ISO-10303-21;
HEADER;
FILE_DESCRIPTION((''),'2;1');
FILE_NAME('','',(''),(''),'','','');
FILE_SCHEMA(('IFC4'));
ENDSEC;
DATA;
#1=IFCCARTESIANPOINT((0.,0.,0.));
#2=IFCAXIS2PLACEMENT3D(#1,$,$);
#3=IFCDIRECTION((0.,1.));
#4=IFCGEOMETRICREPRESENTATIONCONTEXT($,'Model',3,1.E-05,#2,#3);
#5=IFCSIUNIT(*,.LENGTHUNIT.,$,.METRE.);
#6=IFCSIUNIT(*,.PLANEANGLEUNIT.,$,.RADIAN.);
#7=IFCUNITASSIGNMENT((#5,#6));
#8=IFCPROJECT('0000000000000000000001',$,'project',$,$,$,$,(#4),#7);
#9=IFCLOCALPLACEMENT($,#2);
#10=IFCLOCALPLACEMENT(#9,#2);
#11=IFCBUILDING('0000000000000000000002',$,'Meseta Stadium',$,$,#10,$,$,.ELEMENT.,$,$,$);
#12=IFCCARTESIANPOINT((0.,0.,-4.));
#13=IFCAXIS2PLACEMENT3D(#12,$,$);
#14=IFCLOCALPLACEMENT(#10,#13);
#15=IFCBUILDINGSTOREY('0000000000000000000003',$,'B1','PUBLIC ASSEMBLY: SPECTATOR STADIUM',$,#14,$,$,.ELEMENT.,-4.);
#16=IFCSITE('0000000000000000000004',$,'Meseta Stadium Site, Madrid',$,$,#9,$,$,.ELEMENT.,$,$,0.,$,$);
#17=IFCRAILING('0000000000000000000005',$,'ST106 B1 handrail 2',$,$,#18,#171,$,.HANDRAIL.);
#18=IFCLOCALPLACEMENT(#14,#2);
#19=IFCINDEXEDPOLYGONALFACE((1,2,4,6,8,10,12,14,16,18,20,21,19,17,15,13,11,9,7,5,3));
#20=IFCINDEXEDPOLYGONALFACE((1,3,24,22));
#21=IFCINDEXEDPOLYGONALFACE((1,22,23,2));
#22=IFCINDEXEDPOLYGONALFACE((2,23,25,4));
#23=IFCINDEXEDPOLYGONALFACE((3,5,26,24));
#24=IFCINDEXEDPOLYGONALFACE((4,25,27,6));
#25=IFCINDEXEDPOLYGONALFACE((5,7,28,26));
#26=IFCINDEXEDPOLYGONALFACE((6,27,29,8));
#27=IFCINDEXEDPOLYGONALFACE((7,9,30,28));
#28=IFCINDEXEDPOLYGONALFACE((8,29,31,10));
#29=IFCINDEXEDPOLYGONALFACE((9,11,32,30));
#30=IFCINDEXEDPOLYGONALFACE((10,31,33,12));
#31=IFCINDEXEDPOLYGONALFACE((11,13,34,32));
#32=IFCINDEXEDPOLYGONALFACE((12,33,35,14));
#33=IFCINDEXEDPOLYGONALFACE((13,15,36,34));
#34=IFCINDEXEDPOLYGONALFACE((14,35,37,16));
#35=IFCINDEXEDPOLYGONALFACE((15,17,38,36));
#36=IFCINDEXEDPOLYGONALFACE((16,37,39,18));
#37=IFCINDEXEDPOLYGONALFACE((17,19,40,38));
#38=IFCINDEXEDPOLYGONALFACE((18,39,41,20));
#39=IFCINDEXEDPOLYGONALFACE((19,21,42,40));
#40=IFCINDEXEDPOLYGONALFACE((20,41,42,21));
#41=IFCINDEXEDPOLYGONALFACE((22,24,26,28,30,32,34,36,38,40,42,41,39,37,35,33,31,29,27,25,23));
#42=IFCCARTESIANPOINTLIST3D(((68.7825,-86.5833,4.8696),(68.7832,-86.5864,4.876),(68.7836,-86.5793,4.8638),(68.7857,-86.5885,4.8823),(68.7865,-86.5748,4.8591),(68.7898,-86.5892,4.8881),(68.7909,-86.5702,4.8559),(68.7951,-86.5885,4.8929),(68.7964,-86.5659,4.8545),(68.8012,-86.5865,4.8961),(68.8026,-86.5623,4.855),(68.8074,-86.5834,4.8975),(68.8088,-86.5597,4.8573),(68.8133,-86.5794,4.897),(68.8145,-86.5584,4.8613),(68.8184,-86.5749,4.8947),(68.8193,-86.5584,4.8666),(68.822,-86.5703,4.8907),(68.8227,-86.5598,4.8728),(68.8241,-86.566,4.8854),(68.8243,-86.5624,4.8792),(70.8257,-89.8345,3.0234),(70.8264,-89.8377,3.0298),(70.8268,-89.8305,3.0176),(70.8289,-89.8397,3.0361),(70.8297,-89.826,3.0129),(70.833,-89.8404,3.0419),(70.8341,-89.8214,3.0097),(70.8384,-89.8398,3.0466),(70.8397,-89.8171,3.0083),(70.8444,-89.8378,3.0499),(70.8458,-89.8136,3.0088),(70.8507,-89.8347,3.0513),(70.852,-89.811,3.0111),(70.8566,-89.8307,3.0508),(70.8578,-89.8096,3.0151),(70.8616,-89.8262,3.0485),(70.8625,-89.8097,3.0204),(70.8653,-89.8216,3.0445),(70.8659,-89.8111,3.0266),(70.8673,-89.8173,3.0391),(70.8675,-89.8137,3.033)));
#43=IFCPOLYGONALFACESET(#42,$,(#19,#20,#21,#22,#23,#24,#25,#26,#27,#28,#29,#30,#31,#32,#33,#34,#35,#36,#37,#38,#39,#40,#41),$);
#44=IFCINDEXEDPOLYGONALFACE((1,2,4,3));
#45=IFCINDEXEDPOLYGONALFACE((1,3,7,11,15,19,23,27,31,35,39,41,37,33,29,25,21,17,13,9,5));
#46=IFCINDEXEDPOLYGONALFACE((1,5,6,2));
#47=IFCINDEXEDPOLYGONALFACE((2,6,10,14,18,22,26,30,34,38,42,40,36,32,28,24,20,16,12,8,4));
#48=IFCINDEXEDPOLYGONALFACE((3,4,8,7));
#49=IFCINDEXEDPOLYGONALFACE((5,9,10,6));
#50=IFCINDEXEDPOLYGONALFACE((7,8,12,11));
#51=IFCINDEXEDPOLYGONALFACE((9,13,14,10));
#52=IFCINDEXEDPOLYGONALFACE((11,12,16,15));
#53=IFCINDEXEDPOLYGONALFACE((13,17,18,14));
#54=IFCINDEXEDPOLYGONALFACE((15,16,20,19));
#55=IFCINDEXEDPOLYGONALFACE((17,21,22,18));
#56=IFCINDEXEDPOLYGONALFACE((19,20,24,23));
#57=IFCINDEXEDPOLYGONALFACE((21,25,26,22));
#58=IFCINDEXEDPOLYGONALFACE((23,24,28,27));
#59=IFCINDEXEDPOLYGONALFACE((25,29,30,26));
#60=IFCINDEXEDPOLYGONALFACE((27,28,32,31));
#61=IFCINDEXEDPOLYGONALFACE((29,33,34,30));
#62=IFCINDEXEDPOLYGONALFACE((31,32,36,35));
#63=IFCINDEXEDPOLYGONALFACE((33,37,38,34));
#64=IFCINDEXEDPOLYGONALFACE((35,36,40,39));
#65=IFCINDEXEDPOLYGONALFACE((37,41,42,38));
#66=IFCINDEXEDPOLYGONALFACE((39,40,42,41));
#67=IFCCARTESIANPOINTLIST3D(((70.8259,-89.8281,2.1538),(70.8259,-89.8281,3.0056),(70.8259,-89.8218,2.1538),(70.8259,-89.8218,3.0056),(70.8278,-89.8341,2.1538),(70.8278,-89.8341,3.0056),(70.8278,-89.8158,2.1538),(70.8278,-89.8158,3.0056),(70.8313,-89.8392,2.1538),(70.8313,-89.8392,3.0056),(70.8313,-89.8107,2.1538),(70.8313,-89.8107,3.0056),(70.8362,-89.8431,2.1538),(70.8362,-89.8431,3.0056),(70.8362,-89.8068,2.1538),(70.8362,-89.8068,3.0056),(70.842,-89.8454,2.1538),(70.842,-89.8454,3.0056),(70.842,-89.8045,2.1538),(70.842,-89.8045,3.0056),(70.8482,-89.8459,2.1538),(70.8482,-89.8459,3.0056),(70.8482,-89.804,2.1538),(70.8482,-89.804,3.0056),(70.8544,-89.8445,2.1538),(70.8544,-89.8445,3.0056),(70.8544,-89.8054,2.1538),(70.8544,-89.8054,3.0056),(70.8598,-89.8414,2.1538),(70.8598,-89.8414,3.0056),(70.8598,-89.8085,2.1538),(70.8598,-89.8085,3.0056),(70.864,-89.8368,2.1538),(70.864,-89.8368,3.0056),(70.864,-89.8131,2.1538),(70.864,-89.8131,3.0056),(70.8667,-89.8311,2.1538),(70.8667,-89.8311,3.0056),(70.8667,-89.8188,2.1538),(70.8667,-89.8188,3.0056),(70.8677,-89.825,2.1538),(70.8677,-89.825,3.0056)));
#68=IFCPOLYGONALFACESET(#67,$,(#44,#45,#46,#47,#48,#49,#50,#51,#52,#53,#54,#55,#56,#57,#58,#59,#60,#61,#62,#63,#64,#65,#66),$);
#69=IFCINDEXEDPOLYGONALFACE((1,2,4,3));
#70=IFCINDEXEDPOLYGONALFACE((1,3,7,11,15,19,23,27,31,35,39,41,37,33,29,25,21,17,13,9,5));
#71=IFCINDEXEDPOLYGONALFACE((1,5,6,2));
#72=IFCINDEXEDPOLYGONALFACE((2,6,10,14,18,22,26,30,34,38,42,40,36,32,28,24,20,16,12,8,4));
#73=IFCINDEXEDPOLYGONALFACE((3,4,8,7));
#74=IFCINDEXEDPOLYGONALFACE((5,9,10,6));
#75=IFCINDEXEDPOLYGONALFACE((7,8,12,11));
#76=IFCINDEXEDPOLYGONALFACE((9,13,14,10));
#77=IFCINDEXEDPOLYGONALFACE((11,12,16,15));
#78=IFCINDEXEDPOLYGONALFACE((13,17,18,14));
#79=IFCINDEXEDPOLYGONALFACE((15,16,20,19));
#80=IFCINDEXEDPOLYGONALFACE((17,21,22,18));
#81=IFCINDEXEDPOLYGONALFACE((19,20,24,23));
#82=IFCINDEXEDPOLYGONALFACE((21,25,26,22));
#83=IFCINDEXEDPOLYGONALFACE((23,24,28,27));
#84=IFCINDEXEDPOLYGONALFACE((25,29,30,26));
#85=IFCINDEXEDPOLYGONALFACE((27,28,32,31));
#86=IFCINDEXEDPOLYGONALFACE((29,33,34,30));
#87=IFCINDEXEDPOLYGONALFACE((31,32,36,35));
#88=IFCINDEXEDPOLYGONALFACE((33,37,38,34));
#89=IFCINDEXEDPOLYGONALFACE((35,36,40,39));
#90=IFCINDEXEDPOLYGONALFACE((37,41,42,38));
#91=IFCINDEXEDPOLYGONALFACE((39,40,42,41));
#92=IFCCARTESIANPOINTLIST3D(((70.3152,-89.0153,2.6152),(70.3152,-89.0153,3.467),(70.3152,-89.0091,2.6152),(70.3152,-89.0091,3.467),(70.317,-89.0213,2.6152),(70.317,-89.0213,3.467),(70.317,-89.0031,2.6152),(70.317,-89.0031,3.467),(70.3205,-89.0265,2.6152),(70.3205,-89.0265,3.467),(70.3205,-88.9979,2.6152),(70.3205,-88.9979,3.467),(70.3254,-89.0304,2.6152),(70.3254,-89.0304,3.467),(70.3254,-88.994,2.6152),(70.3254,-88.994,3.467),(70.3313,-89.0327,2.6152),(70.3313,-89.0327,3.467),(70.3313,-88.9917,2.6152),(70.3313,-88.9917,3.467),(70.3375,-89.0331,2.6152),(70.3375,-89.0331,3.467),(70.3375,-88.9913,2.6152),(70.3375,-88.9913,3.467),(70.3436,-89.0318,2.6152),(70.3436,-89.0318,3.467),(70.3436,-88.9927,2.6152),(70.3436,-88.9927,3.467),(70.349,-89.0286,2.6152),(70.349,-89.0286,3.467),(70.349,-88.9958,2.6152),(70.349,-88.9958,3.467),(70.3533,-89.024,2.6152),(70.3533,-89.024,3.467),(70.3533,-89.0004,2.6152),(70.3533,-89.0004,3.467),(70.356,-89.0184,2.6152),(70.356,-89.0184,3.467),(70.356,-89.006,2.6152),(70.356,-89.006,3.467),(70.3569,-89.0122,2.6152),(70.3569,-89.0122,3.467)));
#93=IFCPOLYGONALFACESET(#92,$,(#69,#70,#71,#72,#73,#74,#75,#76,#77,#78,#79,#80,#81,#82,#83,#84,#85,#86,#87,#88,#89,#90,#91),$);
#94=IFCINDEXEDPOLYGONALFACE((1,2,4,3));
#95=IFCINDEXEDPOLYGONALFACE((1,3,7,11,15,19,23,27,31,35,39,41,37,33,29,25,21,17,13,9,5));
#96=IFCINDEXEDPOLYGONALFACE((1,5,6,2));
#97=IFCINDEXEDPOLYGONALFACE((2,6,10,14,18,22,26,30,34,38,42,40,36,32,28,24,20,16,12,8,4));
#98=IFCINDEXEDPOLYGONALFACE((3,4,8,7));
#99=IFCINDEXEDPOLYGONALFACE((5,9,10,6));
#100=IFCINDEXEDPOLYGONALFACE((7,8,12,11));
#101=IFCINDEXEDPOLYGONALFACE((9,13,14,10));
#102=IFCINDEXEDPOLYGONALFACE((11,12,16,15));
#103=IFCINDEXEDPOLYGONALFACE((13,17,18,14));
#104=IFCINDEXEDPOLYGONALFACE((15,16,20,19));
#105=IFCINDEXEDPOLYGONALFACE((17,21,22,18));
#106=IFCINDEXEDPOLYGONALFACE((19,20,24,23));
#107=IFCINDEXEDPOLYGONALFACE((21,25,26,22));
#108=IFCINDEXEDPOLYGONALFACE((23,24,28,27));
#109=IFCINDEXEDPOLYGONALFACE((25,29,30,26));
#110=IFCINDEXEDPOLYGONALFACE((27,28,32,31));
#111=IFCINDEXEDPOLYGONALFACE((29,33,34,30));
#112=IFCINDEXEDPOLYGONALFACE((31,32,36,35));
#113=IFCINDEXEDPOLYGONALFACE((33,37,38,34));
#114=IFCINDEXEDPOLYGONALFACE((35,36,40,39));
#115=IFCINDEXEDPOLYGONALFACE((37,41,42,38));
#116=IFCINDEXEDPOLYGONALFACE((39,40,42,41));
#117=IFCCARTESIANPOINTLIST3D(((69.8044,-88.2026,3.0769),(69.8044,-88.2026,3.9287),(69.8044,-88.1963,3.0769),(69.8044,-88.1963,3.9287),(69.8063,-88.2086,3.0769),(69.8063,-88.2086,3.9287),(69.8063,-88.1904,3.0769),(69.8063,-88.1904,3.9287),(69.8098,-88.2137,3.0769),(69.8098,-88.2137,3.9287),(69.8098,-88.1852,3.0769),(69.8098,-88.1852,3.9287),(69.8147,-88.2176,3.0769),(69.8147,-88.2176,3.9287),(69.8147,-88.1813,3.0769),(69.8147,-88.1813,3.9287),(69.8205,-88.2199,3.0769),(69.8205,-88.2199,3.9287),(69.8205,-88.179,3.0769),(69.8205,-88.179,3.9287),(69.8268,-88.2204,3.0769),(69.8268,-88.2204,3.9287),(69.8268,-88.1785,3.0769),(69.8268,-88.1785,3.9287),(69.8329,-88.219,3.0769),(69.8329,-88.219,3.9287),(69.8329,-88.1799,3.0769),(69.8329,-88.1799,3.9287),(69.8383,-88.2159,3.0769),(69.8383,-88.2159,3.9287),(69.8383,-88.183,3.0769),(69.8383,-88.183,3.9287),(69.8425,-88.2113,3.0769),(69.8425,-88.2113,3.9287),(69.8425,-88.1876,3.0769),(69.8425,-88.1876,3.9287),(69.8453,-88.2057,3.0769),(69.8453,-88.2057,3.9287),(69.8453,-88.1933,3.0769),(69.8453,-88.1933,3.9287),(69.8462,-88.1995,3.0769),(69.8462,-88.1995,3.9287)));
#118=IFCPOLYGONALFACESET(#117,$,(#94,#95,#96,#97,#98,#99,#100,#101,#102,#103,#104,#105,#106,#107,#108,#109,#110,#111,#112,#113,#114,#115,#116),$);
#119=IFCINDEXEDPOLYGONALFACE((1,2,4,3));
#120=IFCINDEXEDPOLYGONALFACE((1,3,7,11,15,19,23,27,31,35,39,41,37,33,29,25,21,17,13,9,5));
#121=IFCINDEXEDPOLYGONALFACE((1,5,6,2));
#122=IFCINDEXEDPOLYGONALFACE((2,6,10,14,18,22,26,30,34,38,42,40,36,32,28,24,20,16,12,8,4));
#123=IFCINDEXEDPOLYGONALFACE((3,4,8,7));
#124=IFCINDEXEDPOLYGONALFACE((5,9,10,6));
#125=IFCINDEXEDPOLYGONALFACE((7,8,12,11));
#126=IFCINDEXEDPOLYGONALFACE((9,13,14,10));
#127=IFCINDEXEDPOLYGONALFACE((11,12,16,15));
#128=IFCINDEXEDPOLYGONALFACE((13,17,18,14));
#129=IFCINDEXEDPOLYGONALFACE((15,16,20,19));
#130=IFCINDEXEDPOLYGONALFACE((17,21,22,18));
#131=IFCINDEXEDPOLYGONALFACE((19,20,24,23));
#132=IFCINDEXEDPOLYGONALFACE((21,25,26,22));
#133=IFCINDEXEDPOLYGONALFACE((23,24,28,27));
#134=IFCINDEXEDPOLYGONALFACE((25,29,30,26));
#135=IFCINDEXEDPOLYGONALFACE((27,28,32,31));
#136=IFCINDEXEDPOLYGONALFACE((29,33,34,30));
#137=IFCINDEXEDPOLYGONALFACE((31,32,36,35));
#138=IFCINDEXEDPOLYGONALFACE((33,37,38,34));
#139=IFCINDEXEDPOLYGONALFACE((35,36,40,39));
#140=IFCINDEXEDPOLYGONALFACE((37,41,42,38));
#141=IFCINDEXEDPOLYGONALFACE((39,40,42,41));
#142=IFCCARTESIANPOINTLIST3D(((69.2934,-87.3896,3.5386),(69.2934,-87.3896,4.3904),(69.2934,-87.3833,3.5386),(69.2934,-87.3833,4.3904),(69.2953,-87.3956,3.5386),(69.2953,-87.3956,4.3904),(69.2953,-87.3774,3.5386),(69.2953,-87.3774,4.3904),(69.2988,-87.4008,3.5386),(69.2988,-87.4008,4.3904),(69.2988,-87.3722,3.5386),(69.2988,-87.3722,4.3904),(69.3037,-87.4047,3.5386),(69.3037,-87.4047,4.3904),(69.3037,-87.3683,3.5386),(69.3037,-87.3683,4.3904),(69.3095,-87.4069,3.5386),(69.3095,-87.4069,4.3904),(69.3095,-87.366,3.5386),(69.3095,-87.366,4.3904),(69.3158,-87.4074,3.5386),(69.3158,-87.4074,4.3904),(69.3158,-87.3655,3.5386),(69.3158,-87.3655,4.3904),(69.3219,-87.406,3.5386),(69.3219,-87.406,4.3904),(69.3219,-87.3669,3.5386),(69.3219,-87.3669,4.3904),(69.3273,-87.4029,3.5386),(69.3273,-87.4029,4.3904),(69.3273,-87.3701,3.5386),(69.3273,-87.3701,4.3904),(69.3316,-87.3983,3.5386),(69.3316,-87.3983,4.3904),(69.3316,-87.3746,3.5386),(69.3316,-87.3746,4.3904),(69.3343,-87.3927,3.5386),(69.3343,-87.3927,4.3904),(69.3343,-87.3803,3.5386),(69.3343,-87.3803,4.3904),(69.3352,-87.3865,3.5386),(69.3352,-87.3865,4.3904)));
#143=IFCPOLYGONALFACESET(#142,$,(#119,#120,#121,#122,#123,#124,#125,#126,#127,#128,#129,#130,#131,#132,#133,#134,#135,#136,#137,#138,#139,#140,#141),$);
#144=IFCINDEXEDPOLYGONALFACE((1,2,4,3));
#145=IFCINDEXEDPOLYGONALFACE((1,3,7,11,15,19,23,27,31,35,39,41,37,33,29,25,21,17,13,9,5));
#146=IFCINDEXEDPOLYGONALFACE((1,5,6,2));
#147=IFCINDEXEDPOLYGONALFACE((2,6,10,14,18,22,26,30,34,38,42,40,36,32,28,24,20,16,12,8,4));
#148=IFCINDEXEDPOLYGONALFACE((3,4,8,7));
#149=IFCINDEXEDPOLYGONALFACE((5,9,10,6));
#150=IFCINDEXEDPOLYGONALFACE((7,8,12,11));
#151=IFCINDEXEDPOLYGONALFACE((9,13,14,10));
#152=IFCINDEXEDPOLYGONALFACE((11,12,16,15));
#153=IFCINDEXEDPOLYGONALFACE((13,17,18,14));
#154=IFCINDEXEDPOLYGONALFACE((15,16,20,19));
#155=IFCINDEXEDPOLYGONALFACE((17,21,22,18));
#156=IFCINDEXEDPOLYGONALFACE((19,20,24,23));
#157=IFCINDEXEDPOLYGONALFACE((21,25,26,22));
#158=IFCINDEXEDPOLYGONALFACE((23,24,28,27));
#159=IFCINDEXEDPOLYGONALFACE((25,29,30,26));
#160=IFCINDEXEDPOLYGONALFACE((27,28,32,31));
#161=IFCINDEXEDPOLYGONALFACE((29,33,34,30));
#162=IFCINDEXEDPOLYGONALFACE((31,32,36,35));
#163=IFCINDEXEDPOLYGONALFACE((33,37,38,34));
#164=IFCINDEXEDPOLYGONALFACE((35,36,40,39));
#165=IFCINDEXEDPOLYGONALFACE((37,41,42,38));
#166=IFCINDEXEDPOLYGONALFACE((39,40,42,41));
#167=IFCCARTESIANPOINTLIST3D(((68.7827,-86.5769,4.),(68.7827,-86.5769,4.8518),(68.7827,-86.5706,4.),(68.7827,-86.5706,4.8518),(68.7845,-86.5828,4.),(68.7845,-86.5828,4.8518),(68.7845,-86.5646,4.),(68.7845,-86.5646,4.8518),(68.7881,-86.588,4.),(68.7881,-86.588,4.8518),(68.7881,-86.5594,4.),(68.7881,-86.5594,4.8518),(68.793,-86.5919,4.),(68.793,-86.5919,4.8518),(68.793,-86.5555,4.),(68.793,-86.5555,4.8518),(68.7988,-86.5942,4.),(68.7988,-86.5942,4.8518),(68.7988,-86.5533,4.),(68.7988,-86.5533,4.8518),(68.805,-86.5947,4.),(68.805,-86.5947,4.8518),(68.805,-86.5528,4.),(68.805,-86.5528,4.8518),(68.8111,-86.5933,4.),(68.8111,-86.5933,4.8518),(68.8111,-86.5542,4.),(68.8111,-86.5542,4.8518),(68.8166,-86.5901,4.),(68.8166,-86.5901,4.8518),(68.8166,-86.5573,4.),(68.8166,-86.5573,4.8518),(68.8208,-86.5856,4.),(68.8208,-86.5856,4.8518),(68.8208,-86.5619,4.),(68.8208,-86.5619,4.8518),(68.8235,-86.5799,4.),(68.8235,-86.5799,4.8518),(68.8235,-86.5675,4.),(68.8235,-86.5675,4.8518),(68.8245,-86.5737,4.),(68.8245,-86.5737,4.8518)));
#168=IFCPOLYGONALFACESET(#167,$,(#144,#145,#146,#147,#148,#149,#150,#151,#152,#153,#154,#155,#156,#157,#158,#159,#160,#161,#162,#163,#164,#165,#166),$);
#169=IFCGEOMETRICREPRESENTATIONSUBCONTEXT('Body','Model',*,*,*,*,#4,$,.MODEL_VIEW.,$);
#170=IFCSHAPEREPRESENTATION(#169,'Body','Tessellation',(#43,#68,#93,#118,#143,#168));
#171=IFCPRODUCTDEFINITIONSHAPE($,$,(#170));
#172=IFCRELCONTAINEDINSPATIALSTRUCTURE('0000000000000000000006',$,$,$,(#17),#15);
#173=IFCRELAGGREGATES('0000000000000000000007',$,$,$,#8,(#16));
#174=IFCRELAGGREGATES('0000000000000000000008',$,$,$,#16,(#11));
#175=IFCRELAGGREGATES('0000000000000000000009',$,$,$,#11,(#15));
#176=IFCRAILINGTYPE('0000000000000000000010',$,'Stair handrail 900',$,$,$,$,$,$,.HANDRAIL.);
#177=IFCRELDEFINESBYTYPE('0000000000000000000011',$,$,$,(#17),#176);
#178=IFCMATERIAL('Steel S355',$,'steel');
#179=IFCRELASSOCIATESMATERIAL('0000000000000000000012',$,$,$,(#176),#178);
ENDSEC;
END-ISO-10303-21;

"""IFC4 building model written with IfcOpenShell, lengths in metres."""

from ifc_helpers import new_model, si_unit, direction, frame, origin, origin_2d, place, context, subcontext, project, spatial, circle, extrude, material, type_object, element, save


model = new_model("IFC4")

# Units and contexts
model_context = context("Model", 3, precision=1e-05, world=origin(), true_north=direction((0.0, 1.0)))
body_context = subcontext(model_context, "Body", "Model", "MODEL_VIEW")
ifc_project = project(units=[si_unit("LENGTHUNIT", "METRE"), si_unit("PLANEANGLEUNIT", "RADIAN")], contexts=[model_context])

# Site, building, storey
site_placement = place(None, origin())
site = spatial("IfcSite", under=ifc_project, at=site_placement, Name="Meseta Stadium Site, Madrid", CompositionType="ELEMENT", RefElevation=0.0)
building_placement = place(site_placement, origin())
building = spatial("IfcBuilding", under=site, at=building_placement, Name="Meseta Stadium", CompositionType="ELEMENT")
storey_placement = place(building_placement, frame((0.0, 0.0, -4.0)))
storey = spatial("IfcBuildingStorey", under=building, at=storey_placement, Name="B1", Description="PUBLIC ASSEMBLY: SPECTATOR STADIUM", CompositionType="ELEMENT", Elevation=-4.0)

# Railing
ifc_material_1 = material(Name="Steel S355", Category="steel")
railing_type_1 = type_object("IfcRailingType", Name="Stair handrail 900", PredefinedType="HANDRAIL", material=ifc_material_1)
railing_1_placement = place(storey_placement, frame((70.8467, -89.825, 2.1538)))
element("IfcRailing", 1, at=railing_1_placement, inside=storey, type_object=railing_type_1, Name="ST106 B1 handrail 2", PredefinedType="HANDRAIL", context=body_context, shape_type="SweptSolid", body=[
    extrude(circle(Radius=0.0239, at=origin_2d()), frame((0.0, 0.0, 0.876), z_axis=(-0.479548, 0.763072, 0.433307), x_axis=(-0.846685, -0.532095, 0.0)), (0.0, 0.0, 1.0), 4.2607),
    extrude(circle(Radius=0.021, at=origin_2d()), origin(), (0.0, 0.0, 1.0), 0.8518),
    extrude(circle(Radius=0.021, at=origin_2d()), frame((-0.5107, 0.8127, 0.4614)), (0.0, 0.0, 1.0), 0.8518),
    extrude(circle(Radius=0.021, at=origin_2d()), frame((-1.0215, 1.6255, 0.9231)), (0.0, 0.0, 1.0), 0.8518),
    extrude(circle(Radius=0.021, at=origin_2d()), frame((-1.5325, 2.4385, 1.3848)), (0.0, 0.0, 1.0), 0.8518),
    extrude(circle(Radius=0.021, at=origin_2d()), frame((-2.0432, 3.2512, 1.8462)), (0.0, 0.0, 1.0), 0.8518),
])

save(model, "model.ifc")
